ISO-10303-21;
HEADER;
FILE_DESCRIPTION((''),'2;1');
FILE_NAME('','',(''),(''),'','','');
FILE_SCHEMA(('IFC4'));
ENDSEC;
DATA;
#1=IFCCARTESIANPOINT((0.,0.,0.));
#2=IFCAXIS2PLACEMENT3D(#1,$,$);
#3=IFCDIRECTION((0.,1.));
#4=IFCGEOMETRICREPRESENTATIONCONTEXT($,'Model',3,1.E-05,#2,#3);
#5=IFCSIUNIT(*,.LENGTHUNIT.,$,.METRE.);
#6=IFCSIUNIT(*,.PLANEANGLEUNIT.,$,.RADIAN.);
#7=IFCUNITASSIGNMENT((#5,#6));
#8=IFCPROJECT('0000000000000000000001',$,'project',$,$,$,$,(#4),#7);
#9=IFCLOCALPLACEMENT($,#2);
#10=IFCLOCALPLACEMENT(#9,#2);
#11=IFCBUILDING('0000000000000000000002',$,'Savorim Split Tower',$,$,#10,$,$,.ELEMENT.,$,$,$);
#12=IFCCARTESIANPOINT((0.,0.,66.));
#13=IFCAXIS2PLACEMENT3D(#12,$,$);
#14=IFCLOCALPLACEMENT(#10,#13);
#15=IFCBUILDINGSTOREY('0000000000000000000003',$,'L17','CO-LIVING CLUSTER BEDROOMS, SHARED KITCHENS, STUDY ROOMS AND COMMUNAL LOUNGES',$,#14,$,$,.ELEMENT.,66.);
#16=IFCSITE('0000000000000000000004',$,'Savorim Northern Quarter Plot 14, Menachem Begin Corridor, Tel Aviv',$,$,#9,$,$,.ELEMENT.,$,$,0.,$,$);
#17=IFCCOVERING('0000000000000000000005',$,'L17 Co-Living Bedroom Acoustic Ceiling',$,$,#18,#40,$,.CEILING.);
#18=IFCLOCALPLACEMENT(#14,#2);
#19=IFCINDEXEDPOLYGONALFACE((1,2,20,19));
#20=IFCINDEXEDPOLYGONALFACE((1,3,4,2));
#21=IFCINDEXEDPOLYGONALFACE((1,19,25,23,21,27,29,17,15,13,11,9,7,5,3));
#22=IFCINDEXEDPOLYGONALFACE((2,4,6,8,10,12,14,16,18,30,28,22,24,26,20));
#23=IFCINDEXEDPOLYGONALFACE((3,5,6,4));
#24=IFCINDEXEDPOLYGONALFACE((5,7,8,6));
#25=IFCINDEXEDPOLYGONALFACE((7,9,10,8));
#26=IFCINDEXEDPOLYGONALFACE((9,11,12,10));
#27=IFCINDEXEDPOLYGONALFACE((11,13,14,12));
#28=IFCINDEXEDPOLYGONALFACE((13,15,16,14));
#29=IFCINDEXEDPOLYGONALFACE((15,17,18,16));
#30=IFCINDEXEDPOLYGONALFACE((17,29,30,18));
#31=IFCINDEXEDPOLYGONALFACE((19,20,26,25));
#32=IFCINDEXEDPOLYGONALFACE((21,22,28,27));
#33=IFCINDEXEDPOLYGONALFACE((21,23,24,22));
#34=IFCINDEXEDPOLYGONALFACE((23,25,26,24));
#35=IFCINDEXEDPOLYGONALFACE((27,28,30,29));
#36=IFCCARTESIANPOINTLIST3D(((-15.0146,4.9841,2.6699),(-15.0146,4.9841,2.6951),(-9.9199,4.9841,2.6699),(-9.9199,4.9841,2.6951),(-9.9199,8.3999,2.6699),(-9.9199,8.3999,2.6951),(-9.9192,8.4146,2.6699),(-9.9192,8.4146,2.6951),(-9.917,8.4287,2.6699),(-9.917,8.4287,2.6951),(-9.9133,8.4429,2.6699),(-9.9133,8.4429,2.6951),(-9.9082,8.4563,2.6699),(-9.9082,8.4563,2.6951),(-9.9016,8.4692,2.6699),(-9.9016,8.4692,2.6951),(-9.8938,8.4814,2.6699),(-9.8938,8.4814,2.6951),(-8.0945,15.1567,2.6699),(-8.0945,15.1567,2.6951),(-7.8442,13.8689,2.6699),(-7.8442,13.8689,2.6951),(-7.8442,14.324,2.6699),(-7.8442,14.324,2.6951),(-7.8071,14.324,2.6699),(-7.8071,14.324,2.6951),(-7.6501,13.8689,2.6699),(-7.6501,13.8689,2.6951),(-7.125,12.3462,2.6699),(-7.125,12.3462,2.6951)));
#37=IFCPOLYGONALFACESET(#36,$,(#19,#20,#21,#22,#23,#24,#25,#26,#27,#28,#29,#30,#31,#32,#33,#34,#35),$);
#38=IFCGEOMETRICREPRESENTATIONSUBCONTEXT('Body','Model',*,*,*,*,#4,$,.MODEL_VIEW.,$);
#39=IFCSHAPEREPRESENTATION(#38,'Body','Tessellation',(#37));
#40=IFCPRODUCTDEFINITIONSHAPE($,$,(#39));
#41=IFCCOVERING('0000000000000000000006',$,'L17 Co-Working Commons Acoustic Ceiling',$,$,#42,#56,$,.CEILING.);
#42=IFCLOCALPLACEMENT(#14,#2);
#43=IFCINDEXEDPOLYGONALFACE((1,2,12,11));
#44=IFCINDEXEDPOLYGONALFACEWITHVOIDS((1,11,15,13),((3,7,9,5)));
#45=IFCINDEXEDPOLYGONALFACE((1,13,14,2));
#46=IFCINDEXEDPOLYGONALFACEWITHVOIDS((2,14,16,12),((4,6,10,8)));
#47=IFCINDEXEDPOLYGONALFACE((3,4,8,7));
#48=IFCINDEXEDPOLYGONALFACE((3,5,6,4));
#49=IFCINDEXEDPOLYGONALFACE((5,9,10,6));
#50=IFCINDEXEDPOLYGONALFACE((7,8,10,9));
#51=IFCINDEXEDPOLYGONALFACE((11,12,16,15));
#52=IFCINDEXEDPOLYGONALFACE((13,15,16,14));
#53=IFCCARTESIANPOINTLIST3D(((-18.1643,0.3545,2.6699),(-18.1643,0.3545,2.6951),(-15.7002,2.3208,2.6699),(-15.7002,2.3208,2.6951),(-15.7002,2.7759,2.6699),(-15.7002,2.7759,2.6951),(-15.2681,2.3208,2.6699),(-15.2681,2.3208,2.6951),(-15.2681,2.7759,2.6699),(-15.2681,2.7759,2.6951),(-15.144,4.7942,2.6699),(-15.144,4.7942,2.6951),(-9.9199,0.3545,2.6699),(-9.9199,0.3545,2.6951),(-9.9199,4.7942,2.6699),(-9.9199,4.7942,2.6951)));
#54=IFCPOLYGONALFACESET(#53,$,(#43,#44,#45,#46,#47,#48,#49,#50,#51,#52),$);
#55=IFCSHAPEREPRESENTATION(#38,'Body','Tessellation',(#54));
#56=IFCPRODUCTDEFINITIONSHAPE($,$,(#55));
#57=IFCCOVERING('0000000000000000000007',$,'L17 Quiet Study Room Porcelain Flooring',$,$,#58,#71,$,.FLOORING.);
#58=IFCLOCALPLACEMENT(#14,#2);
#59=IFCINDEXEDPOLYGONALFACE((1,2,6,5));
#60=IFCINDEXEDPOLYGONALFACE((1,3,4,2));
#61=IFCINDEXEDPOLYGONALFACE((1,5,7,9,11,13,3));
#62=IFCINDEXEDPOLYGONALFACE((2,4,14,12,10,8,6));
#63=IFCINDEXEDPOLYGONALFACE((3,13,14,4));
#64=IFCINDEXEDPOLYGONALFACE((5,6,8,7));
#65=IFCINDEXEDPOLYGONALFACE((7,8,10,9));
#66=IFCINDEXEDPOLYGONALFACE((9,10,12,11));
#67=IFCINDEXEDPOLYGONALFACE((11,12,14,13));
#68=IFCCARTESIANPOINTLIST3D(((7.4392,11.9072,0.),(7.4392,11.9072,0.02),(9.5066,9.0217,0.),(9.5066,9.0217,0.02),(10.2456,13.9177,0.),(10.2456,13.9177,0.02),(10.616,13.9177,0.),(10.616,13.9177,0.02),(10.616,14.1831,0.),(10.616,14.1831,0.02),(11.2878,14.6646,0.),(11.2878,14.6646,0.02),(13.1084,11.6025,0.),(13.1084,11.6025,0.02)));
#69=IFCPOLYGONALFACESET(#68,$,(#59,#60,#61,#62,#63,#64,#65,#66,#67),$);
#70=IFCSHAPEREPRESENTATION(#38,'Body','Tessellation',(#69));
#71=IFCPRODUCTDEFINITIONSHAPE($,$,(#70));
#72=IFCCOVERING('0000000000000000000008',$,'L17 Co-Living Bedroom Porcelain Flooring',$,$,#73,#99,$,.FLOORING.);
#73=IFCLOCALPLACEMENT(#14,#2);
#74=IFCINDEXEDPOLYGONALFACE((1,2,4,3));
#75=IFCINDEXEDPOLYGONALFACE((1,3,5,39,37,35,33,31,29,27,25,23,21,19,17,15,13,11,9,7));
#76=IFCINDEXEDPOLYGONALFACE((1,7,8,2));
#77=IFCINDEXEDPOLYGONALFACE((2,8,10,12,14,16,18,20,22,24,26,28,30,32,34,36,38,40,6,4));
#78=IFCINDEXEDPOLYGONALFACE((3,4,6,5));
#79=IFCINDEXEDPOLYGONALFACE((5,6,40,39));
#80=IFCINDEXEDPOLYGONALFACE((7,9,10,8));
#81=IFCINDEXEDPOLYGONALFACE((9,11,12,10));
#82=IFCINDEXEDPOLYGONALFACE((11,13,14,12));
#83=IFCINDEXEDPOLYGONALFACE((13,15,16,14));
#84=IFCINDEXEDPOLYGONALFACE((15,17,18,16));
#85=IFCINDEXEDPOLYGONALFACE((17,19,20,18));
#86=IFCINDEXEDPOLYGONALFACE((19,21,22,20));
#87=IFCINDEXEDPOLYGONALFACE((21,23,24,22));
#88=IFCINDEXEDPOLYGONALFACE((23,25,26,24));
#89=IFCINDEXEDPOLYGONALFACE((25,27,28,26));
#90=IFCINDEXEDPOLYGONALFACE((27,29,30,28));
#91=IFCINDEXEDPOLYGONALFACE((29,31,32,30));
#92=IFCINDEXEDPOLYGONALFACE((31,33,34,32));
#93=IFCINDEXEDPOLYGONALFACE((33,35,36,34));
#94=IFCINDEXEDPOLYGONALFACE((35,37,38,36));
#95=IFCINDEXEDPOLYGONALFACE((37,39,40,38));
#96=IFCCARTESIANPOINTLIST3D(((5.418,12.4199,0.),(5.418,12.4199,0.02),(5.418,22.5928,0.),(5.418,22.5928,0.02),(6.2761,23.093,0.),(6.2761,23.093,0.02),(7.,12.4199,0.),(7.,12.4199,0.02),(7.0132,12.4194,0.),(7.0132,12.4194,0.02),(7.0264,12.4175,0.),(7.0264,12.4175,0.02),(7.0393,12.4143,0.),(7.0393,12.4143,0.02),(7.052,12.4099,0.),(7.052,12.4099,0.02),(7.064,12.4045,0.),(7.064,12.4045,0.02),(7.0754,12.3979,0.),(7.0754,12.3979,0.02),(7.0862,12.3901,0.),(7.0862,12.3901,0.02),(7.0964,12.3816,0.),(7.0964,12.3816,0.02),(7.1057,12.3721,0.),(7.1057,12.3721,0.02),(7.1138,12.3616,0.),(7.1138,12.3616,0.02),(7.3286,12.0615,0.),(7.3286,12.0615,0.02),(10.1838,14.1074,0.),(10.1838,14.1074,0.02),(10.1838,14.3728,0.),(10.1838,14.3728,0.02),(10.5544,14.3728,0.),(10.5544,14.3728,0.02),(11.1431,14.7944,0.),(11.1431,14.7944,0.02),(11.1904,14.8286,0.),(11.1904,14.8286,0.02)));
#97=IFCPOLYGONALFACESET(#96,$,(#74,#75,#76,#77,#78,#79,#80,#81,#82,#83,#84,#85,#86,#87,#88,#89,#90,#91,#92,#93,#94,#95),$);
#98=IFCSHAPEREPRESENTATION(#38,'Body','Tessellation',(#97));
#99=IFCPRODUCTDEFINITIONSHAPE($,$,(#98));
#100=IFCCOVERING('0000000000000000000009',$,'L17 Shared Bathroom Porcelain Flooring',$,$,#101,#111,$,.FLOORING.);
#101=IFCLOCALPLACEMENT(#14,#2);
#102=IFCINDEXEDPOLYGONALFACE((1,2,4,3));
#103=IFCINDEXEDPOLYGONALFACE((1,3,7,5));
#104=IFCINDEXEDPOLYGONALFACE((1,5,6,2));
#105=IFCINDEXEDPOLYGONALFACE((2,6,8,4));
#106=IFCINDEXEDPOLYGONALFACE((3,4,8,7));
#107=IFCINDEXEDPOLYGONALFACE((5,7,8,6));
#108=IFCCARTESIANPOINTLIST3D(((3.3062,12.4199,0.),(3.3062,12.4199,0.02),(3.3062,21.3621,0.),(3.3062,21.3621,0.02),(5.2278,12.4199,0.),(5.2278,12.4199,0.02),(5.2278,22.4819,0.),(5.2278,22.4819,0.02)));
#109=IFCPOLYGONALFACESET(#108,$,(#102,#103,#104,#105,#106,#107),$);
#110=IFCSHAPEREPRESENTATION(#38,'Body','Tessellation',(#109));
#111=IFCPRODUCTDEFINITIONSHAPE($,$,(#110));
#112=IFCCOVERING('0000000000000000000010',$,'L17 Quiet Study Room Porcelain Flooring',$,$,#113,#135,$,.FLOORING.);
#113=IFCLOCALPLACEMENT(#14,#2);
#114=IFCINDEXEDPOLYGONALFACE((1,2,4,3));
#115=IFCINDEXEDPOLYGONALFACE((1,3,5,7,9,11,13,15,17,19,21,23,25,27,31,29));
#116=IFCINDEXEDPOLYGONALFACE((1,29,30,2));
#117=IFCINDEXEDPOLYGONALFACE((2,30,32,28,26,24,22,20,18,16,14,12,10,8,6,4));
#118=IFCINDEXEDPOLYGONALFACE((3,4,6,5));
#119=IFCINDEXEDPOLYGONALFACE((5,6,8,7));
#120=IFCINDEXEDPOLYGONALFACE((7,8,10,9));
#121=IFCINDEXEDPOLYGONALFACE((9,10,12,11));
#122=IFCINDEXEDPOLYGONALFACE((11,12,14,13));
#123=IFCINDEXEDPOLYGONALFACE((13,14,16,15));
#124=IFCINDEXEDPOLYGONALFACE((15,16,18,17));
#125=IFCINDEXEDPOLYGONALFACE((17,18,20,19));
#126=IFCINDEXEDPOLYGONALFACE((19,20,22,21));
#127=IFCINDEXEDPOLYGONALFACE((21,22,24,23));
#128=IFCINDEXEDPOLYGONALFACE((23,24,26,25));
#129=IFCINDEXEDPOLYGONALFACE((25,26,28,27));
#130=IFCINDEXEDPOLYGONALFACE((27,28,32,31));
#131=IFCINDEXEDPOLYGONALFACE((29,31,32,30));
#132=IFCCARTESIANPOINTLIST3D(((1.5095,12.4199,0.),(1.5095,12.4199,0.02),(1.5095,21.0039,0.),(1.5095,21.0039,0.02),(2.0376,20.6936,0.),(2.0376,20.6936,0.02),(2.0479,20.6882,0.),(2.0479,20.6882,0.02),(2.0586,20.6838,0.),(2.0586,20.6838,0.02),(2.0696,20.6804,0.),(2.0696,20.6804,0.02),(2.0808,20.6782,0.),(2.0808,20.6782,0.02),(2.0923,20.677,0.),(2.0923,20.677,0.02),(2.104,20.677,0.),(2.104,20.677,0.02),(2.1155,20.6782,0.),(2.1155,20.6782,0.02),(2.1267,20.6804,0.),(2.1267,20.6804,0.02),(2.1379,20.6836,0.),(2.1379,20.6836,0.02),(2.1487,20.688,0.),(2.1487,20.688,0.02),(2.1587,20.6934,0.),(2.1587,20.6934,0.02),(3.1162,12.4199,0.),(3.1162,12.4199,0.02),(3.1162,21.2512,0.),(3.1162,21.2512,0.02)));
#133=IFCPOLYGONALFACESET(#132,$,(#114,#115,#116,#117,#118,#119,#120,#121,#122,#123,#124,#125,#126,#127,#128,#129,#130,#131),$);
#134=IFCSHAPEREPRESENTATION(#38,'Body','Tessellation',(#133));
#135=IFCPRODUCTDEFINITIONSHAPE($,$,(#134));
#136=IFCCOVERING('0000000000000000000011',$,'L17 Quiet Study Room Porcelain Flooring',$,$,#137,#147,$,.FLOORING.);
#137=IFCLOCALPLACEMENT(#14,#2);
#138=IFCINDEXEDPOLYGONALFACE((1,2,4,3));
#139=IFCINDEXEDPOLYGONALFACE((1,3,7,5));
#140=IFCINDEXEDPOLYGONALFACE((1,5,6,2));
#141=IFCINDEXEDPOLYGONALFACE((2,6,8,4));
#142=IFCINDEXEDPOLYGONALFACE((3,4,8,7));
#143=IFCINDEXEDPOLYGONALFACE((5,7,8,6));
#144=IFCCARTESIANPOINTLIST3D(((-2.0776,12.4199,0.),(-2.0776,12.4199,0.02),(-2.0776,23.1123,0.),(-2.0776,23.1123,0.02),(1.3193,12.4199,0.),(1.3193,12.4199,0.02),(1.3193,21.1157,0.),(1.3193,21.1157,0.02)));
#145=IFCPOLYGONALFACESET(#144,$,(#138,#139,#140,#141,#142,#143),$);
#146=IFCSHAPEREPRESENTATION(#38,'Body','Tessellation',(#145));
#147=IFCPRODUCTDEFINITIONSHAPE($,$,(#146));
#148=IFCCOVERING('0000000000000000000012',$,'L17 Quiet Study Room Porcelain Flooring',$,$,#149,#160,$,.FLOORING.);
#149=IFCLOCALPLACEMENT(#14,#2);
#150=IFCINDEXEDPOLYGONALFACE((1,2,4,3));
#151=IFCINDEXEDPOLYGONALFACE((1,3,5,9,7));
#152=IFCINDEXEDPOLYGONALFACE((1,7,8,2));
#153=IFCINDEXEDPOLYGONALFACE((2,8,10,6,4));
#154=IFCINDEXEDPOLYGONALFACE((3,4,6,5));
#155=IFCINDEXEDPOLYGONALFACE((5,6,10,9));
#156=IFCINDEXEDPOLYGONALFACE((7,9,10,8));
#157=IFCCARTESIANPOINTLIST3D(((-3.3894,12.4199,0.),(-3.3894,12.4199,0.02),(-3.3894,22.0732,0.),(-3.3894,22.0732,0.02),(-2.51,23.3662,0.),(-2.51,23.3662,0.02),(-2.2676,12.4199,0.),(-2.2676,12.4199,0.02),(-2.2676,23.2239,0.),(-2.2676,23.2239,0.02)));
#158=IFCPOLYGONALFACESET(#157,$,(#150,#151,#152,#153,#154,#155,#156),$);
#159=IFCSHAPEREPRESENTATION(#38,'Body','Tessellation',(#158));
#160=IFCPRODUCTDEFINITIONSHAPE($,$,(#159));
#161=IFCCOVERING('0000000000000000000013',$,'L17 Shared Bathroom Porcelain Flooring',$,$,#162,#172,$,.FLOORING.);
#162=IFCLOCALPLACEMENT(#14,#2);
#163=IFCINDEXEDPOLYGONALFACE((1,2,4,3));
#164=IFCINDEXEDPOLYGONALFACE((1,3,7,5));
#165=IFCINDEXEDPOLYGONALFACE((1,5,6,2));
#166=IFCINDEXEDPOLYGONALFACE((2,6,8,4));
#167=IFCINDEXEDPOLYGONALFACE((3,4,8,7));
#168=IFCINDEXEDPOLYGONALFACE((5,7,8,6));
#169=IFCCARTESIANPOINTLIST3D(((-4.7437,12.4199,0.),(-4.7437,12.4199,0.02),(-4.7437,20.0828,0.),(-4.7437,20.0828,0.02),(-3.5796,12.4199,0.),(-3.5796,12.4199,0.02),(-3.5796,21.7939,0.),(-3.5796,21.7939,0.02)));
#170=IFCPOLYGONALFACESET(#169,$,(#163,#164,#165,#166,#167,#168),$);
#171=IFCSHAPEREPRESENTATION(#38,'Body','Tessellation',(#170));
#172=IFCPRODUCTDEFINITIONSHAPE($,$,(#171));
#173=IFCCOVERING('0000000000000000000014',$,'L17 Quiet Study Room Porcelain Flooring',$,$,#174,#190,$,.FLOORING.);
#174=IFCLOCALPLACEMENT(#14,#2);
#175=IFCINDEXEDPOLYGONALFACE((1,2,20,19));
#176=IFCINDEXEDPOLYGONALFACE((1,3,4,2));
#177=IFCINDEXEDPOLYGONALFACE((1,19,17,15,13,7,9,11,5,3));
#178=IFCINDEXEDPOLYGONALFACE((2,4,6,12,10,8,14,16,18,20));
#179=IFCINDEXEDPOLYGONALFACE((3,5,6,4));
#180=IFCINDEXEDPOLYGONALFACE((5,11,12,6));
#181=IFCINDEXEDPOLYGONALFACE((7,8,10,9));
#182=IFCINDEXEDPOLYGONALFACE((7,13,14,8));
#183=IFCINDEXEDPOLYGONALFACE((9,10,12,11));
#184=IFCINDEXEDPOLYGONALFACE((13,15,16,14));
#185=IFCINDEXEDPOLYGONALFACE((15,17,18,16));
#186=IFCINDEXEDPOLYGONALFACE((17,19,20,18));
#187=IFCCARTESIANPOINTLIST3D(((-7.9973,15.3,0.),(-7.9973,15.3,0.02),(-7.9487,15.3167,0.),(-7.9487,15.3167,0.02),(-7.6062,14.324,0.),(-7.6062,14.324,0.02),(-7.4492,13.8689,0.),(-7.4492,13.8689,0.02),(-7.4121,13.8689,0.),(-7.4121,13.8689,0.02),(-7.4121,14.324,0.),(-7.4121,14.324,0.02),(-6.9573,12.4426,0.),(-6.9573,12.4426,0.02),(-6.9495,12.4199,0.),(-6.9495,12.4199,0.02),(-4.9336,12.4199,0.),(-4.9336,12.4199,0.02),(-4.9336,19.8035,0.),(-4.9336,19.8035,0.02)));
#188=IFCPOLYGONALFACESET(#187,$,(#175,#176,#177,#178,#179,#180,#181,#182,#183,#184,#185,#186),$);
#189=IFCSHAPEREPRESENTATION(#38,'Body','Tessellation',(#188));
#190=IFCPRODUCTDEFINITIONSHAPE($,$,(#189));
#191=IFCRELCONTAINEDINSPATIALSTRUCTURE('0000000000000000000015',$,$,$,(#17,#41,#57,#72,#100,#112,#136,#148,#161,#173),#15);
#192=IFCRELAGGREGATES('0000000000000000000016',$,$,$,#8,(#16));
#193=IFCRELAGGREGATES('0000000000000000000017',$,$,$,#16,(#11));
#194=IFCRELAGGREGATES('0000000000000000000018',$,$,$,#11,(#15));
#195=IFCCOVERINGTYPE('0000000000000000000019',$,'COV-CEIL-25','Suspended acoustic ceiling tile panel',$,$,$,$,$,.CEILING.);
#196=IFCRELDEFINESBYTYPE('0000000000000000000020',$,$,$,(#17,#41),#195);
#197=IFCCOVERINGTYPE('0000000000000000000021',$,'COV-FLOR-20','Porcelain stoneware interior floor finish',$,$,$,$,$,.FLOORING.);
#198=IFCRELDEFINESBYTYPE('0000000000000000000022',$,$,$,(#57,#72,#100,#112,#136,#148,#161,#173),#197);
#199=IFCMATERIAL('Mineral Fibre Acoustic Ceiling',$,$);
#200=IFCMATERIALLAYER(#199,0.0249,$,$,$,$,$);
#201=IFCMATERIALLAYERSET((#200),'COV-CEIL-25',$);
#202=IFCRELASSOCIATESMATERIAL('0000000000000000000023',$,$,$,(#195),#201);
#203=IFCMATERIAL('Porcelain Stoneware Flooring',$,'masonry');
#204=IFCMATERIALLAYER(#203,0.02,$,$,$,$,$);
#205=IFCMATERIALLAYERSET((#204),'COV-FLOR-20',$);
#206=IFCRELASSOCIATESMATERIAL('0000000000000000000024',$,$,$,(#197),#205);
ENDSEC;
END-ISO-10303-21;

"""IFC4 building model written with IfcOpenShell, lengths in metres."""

from ifc_helpers import new_model, si_unit, direction, frame, origin, place, context, subcontext, project, spatial, polyline, outline, extrude, material, layer, layer_set, type_object, element, save


model = new_model("IFC4")

# Units and contexts
model_context = context("Model", 3, precision=1e-05, world=origin(), true_north=direction((0.0, 1.0)))
body_context = subcontext(model_context, "Body", "Model", "MODEL_VIEW")
ifc_project = project(units=[si_unit("LENGTHUNIT", "METRE"), si_unit("PLANEANGLEUNIT", "RADIAN")], contexts=[model_context])

# Site, building, storey
site_placement = place(None, origin())
site = spatial("IfcSite", under=ifc_project, at=site_placement, Name="Savorim Northern Quarter Plot 14, Menachem Begin Corridor, Tel Aviv", CompositionType="ELEMENT", RefElevation=0.0)
building_placement = place(site_placement, origin())
building = spatial("IfcBuilding", under=site, at=building_placement, Name="Savorim Split Tower", CompositionType="ELEMENT")
storey_placement = place(building_placement, frame((0.0, 0.0, 66.0)))
storey = spatial("IfcBuildingStorey", under=building, at=storey_placement, Name="L17", Description="CO-LIVING CLUSTER BEDROOMS, SHARED KITCHENS, STUDY ROOMS AND COMMUNAL LOUNGES", CompositionType="ELEMENT", Elevation=66.0)

# Coverings
ifc_material_1 = material(Name="Mineral Fibre Acoustic Ceiling")
ifc_layer_1 = layer(ifc_material_1, 0.0249)
ifc_layer_set_1 = layer_set([ifc_layer_1], Name="COV-CEIL-25")
covering_type_1 = type_object("IfcCoveringType", Name="COV-CEIL-25", Description="Suspended acoustic ceiling tile panel", PredefinedType="CEILING", material=ifc_layer_set_1)
covering_1_placement = place(storey_placement, frame((0.0, 0.0, 2.6699)))
element("IfcCovering", 1, at=covering_1_placement, inside=storey, type_object=covering_type_1, Name="L17 Co-Living Bedroom Acoustic Ceiling", PredefinedType="CEILING", context=body_context, shape_type="SweptSolid", body=[
    extrude(outline(polyline([(-9.9016, 8.4692), (-9.8938, 8.4814), (-7.125, 12.3462), (-7.6501, 13.8689), (-7.8442, 13.8689), (-7.8442, 14.324), (-7.8071, 14.324), (-8.0945, 15.1567), (-15.0146, 4.9841), (-9.9199, 4.9841), (-9.9199, 8.3999), (-9.9192, 8.4146), (-9.917, 8.4287), (-9.9133, 8.4429), (-9.9082, 8.4563), (-9.9016, 8.4692)])), origin(), (0.0, 0.0, 1.0), 0.0251),
])
covering_2_placement = place(storey_placement, frame((0.0, 0.0, 2.6699)))
element("IfcCovering", 2, at=covering_2_placement, inside=storey, type_object=covering_type_1, Name="L17 Co-Working Commons Acoustic Ceiling", PredefinedType="CEILING", context=body_context, shape_type="SweptSolid", body=[
    extrude(outline(polyline([(-15.144, 4.7942), (-18.1643, 0.3545), (-9.9199, 0.3545), (-9.9199, 4.7942), (-15.144, 4.7942)]), holes=[polyline([(-15.7002, 2.7759), (-15.7002, 2.3208), (-15.2681, 2.3208), (-15.2681, 2.7759), (-15.7002, 2.7759)])]), origin(), (0.0, 0.0, 1.0), 0.0251),
])
ifc_material_2 = material(Name="Porcelain Stoneware Flooring", Category="masonry")
ifc_layer_2 = layer(ifc_material_2, 0.02)
ifc_layer_set_2 = layer_set([ifc_layer_2], Name="COV-FLOR-20")
covering_type_2 = type_object("IfcCoveringType", Name="COV-FLOR-20", Description="Porcelain stoneware interior floor finish", PredefinedType="FLOORING", material=ifc_layer_set_2)
covering_3_placement = place(storey_placement, origin())
element("IfcCovering", 3, at=covering_3_placement, inside=storey, type_object=covering_type_2, Name="L17 Quiet Study Room Porcelain Flooring", PredefinedType="FLOORING", context=body_context, shape_type="SweptSolid", body=[
    extrude(outline(polyline([(10.616, 13.9177), (10.2456, 13.9177), (7.4392, 11.9072), (9.5066, 9.0217), (13.1084, 11.6025), (11.2878, 14.6646), (10.616, 14.1831), (10.616, 13.9177)])), origin(), (0.0, 0.0, 1.0), 0.02),
])
covering_4_placement = place(storey_placement, origin())
element("IfcCovering", 4, at=covering_4_placement, inside=storey, type_object=covering_type_2, Name="L17 Co-Living Bedroom Porcelain Flooring", PredefinedType="FLOORING", context=body_context, shape_type="SweptSolid", body=[
    extrude(outline(polyline([(11.1431, 14.7944), (11.1904, 14.8286), (6.2761, 23.093), (5.418, 22.5928), (5.418, 12.4199), (7.0, 12.4199), (7.0132, 12.4194), (7.0264, 12.4175), (7.0393, 12.4143), (7.052, 12.4099), (7.064, 12.4045), (7.0754, 12.3979), (7.0862, 12.3901), (7.0964, 12.3816), (7.1057, 12.3721), (7.1138, 12.3616), (7.3286, 12.0615), (10.1838, 14.1074), (10.1838, 14.3728), (10.5544, 14.3728), (11.1431, 14.7944)])), origin(), (0.0, 0.0, 1.0), 0.02),
])
covering_5_placement = place(storey_placement, origin())
element("IfcCovering", 5, at=covering_5_placement, inside=storey, type_object=covering_type_2, Name="L17 Shared Bathroom Porcelain Flooring", PredefinedType="FLOORING", context=body_context, shape_type="SweptSolid", body=[
    extrude(outline(polyline([(3.3062, 12.4199), (5.2278, 12.4199), (5.2278, 22.4819), (3.3062, 21.3621), (3.3062, 12.4199)])), origin(), (0.0, 0.0, 1.0), 0.02),
])
covering_6_placement = place(storey_placement, origin())
element("IfcCovering", 6, at=covering_6_placement, inside=storey, type_object=covering_type_2, Name="L17 Quiet Study Room Porcelain Flooring", PredefinedType="FLOORING", context=body_context, shape_type="SweptSolid", body=[
    extrude(outline(polyline([(2.0586, 20.6838), (2.0479, 20.6882), (2.0376, 20.6936), (1.5095, 21.0039), (1.5095, 12.4199), (3.1162, 12.4199), (3.1162, 21.2512), (2.1587, 20.6934), (2.1487, 20.688), (2.1379, 20.6836), (2.1267, 20.6804), (2.1155, 20.6782), (2.104, 20.677), (2.0923, 20.677), (2.0808, 20.6782), (2.0696, 20.6804), (2.0586, 20.6838)])), origin(), (0.0, 0.0, 1.0), 0.02),
])
covering_7_placement = place(storey_placement, origin())
element("IfcCovering", 7, at=covering_7_placement, inside=storey, type_object=covering_type_2, Name="L17 Quiet Study Room Porcelain Flooring", PredefinedType="FLOORING", context=body_context, shape_type="SweptSolid", body=[
    extrude(outline(polyline([(-2.0776, 12.4199), (1.3193, 12.4199), (1.3193, 21.1157), (-2.0776, 23.1123), (-2.0776, 12.4199)])), origin(), (0.0, 0.0, 1.0), 0.02),
])
covering_8_placement = place(storey_placement, origin())
element("IfcCovering", 8, at=covering_8_placement, inside=storey, type_object=covering_type_2, Name="L17 Quiet Study Room Porcelain Flooring", PredefinedType="FLOORING", context=body_context, shape_type="SweptSolid", body=[
    extrude(outline(polyline([(-3.3894, 12.4199), (-2.2676, 12.4199), (-2.2676, 23.2239), (-2.51, 23.3662), (-3.3894, 22.0732), (-3.3894, 12.4199)])), origin(), (0.0, 0.0, 1.0), 0.02),
])
covering_9_placement = place(storey_placement, origin())
element("IfcCovering", 9, at=covering_9_placement, inside=storey, type_object=covering_type_2, Name="L17 Shared Bathroom Porcelain Flooring", PredefinedType="FLOORING", context=body_context, shape_type="SweptSolid", body=[
    extrude(outline(polyline([(-3.5796, 21.7939), (-4.7437, 20.0828), (-4.7437, 12.4199), (-3.5796, 12.4199), (-3.5796, 21.7939)])), origin(), (0.0, 0.0, 1.0), 0.02),
])
covering_10_placement = place(storey_placement, origin())
element("IfcCovering", 10, at=covering_10_placement, inside=storey, type_object=covering_type_2, Name="L17 Quiet Study Room Porcelain Flooring", PredefinedType="FLOORING", context=body_context, shape_type="SweptSolid", body=[
    extrude(outline(polyline([(-7.4492, 13.8689), (-6.9573, 12.4426), (-6.9495, 12.4199), (-4.9336, 12.4199), (-4.9336, 19.8035), (-7.9973, 15.3), (-7.9487, 15.3167), (-7.6062, 14.324), (-7.4121, 14.324), (-7.4121, 13.8689), (-7.4492, 13.8689)])), origin(), (0.0, 0.0, 1.0), 0.02),
])

save(model, "model.ifc")
